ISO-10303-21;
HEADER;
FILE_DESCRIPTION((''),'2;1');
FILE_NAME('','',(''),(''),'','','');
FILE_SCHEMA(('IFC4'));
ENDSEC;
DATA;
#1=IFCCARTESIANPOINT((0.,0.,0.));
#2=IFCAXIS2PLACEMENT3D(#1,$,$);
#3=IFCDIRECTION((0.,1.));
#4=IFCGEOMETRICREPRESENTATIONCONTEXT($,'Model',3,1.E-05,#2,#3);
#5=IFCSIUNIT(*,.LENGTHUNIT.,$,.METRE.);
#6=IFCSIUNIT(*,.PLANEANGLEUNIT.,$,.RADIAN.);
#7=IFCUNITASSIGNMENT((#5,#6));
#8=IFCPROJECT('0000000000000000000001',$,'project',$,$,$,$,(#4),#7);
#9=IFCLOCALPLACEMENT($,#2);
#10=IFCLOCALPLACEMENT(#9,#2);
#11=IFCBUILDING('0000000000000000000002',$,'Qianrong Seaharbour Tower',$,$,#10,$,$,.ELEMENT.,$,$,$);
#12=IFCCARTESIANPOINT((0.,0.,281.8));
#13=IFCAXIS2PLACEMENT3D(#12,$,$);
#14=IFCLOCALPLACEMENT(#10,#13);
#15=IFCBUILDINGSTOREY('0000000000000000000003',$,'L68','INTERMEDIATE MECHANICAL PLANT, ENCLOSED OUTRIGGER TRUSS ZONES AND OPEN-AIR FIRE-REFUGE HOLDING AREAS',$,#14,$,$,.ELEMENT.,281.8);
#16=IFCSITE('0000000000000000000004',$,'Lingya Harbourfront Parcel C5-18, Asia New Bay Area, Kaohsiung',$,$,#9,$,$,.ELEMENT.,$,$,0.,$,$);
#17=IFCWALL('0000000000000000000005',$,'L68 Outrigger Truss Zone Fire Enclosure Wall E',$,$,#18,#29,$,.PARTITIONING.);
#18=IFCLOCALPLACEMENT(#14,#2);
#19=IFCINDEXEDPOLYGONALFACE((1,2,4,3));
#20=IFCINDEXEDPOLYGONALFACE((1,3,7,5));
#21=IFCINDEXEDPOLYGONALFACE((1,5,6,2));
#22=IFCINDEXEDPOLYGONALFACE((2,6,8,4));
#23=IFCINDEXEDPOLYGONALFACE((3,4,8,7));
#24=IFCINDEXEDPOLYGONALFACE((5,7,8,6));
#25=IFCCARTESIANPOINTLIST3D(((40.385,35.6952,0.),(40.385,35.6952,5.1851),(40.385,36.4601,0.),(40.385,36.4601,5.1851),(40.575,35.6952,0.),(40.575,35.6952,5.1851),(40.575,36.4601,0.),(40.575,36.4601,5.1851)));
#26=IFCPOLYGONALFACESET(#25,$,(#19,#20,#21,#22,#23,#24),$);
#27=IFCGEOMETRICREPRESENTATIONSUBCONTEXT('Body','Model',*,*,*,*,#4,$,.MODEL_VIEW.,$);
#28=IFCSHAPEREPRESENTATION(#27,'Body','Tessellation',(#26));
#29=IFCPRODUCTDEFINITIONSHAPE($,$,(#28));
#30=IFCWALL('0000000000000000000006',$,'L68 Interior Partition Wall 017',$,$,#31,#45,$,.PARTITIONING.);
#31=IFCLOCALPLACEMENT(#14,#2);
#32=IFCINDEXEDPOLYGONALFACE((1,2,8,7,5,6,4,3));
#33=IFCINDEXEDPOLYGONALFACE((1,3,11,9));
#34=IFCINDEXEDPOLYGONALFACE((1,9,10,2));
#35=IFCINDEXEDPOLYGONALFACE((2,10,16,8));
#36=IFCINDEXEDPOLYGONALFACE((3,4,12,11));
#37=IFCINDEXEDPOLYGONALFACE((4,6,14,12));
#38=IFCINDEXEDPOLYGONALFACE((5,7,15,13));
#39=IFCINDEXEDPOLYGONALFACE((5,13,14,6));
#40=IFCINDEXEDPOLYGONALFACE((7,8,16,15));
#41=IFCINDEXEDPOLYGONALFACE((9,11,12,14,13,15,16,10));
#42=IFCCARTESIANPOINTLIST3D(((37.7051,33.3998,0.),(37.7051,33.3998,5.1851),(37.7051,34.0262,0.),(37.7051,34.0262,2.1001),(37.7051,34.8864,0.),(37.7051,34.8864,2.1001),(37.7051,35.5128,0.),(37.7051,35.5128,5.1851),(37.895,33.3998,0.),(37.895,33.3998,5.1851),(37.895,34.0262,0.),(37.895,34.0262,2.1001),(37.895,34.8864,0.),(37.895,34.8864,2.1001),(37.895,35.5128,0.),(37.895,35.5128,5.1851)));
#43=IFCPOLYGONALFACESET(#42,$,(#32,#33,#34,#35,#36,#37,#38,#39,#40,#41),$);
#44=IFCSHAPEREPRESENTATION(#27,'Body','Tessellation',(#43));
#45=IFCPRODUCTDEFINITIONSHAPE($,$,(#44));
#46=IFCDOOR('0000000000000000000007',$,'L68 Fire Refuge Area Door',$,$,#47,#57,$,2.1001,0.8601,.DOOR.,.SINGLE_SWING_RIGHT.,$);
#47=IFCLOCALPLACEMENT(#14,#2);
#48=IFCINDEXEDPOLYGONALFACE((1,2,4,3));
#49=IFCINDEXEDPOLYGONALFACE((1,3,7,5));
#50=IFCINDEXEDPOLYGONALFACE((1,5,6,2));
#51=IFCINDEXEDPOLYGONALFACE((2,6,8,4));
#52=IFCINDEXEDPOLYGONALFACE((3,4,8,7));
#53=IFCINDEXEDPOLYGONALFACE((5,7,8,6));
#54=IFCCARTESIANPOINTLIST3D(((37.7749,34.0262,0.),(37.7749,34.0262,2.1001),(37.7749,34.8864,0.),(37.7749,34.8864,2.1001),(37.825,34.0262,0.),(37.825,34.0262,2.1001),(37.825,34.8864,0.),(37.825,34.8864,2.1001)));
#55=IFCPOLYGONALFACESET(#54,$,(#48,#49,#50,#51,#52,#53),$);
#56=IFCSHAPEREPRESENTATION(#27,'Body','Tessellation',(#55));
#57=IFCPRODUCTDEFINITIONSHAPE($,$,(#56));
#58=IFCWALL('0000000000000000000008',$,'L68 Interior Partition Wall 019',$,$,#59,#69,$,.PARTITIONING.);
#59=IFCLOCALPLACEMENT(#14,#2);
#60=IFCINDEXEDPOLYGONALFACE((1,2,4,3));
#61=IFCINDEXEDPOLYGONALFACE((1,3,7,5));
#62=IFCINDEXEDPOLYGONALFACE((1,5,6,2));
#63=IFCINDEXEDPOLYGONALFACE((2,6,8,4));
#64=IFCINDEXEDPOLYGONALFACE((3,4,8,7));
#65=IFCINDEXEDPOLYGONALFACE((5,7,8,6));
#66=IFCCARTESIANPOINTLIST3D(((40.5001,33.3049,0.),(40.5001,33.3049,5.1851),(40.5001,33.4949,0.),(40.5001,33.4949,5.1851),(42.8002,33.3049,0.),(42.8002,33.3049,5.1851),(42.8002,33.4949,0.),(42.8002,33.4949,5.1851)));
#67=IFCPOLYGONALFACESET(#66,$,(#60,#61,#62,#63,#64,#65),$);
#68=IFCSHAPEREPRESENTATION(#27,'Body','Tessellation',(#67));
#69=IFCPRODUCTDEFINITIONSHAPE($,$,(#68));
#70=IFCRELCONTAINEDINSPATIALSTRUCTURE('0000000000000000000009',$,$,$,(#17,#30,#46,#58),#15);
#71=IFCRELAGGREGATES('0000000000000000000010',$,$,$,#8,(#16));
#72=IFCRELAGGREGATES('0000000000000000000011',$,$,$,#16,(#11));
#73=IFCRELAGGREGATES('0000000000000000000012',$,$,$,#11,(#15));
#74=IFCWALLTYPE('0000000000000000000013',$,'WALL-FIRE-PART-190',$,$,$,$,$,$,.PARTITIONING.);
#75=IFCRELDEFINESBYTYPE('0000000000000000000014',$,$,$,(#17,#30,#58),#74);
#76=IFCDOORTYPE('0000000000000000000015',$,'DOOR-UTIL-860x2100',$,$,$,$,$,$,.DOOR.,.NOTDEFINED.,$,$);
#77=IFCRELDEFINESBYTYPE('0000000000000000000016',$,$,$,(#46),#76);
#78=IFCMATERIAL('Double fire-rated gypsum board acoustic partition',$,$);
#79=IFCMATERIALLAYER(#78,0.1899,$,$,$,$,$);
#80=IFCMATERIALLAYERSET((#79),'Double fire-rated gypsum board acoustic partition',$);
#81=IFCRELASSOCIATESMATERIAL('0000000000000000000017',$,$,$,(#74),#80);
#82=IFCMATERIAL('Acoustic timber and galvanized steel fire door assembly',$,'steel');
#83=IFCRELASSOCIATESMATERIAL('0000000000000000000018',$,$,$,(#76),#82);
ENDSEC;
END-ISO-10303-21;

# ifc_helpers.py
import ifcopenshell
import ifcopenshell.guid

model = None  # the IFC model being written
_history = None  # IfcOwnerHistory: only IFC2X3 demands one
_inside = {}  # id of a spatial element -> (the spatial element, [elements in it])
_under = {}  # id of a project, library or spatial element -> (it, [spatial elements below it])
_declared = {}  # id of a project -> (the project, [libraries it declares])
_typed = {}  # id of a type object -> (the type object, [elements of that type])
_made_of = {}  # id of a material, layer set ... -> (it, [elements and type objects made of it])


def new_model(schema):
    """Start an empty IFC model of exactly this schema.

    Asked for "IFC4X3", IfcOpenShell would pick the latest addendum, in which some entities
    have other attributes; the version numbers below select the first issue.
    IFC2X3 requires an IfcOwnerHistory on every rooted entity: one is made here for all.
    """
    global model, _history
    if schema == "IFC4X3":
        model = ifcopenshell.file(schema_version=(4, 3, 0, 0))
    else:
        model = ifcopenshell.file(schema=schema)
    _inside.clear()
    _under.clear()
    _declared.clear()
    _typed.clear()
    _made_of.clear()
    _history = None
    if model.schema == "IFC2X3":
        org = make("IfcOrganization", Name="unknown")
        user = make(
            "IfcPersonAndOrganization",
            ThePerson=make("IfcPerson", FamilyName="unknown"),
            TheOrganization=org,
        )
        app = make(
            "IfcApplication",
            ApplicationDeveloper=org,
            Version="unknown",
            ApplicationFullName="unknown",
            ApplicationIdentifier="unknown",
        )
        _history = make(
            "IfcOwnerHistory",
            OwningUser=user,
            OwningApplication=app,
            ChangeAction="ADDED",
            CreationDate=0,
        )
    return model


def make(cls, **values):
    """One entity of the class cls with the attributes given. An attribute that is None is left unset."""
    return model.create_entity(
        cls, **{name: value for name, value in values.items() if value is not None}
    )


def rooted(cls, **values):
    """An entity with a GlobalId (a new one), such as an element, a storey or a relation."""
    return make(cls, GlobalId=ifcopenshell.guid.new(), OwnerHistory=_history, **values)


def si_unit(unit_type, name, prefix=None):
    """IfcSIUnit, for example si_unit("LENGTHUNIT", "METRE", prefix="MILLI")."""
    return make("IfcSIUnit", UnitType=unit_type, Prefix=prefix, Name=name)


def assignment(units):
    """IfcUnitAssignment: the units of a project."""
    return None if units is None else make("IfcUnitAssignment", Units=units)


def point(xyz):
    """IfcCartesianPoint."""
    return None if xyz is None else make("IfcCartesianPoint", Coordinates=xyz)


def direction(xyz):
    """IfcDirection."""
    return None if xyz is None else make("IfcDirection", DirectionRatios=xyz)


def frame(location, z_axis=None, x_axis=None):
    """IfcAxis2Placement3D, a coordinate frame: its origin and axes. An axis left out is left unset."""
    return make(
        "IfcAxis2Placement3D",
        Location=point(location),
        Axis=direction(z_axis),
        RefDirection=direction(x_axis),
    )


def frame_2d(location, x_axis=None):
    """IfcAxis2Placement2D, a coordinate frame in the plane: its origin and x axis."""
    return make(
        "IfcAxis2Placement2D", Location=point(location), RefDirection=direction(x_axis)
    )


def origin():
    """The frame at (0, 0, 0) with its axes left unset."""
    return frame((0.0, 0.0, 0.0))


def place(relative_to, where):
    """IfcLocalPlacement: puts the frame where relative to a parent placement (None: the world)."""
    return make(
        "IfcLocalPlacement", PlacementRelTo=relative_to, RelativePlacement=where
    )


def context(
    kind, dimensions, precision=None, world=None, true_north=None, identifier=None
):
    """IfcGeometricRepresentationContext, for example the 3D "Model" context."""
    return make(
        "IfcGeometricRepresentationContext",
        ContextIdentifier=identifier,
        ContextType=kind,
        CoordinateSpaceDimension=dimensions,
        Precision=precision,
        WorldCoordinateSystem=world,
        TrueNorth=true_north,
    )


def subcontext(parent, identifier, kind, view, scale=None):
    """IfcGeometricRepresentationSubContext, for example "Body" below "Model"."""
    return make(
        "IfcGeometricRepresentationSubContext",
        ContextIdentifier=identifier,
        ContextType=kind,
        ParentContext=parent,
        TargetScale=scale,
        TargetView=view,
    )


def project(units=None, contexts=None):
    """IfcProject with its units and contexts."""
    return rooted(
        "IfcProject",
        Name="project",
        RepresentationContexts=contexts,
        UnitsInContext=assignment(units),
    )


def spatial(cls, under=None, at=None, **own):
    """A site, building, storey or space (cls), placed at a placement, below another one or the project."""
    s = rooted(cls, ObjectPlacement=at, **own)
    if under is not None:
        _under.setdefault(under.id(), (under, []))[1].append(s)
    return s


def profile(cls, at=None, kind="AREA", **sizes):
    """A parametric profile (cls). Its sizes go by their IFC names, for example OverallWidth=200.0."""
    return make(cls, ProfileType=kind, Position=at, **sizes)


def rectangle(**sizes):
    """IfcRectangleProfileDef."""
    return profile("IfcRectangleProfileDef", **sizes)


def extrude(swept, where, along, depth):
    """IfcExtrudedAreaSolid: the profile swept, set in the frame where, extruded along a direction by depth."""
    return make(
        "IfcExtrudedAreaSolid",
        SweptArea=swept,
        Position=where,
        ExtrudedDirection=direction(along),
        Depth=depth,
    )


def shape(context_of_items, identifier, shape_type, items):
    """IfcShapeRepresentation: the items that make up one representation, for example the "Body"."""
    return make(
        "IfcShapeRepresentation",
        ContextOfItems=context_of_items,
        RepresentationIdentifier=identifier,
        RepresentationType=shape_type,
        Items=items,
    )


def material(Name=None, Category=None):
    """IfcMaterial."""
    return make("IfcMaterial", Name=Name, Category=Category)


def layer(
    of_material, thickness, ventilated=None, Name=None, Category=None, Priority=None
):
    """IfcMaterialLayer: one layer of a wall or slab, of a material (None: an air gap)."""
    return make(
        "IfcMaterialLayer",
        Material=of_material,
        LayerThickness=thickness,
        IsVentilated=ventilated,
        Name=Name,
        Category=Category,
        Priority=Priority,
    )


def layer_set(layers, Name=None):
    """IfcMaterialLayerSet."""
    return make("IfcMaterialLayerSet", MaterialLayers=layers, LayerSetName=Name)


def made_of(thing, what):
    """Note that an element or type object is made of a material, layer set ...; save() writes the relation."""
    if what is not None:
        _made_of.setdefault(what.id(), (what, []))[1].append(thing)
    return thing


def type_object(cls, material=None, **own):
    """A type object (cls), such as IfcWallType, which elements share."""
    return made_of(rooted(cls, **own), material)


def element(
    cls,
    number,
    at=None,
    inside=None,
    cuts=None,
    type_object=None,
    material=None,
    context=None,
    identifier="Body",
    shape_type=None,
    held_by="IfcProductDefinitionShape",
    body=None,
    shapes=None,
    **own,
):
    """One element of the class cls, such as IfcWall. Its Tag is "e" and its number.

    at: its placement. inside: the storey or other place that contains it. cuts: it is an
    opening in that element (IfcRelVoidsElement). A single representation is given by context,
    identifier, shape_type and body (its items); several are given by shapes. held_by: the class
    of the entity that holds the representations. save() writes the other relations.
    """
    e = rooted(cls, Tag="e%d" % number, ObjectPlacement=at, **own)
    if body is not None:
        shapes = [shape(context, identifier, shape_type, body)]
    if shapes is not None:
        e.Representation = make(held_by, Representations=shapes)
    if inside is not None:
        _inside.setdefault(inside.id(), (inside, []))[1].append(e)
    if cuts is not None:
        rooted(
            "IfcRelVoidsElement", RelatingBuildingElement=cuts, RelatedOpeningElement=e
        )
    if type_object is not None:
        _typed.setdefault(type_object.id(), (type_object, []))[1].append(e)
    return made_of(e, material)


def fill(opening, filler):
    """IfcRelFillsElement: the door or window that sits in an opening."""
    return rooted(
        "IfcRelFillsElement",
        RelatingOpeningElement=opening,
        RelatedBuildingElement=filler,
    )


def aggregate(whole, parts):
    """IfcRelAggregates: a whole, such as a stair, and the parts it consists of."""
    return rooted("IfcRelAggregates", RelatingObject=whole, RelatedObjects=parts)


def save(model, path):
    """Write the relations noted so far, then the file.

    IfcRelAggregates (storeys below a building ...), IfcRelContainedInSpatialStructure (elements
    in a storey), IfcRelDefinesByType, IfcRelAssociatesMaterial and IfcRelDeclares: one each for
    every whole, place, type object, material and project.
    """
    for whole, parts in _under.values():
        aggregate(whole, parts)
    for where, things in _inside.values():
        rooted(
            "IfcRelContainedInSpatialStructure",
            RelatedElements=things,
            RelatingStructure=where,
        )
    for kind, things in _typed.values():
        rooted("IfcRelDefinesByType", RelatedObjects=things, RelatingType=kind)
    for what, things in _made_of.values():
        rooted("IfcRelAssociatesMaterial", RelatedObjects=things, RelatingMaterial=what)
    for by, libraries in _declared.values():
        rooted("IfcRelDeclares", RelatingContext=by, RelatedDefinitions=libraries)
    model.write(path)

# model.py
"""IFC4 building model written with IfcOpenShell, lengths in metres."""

from ifc_helpers import new_model, si_unit, direction, frame, frame_2d, origin, place, context, subcontext, project, spatial, rectangle, extrude, material, layer, layer_set, type_object, element, fill, save


model = new_model("IFC4")

# Units and contexts
model_context = context("Model", 3, precision=1e-05, world=origin(), true_north=direction((0.0, 1.0)))
body_context = subcontext(model_context, "Body", "Model", "MODEL_VIEW")
ifc_project = project(units=[si_unit("LENGTHUNIT", "METRE"), si_unit("PLANEANGLEUNIT", "RADIAN")], contexts=[model_context])

# Site, building, storey
site_placement = place(None, origin())
site = spatial("IfcSite", under=ifc_project, at=site_placement, Name="Lingya Harbourfront Parcel C5-18, Asia New Bay Area, Kaohsiung", CompositionType="ELEMENT", RefElevation=0.0)
building_placement = place(site_placement, origin())
building = spatial("IfcBuilding", under=site, at=building_placement, Name="Qianrong Seaharbour Tower", CompositionType="ELEMENT")
storey_placement = place(building_placement, frame((0.0, 0.0, 281.8)))
storey = spatial("IfcBuildingStorey", under=building, at=storey_placement, Name="L68", Description="INTERMEDIATE MECHANICAL PLANT, ENCLOSED OUTRIGGER TRUSS ZONES AND OPEN-AIR FIRE-REFUGE HOLDING AREAS", CompositionType="ELEMENT", Elevation=281.8)

# Wall
ifc_material_1 = material(Name="Double fire-rated gypsum board acoustic partition")
ifc_layer_1 = layer(ifc_material_1, 0.1899)
ifc_layer_set_1 = layer_set([ifc_layer_1], Name="Double fire-rated gypsum board acoustic partition")
wall_type_1 = type_object("IfcWallType", Name="WALL-FIRE-PART-190", PredefinedType="PARTITIONING", material=ifc_layer_set_1)
wall_1_placement = place(storey_placement, frame((40.48, 36.46, 0.0), z_axis=(0.0, 0.0, 1.0), x_axis=(0.0, -1.0, 0.0)))
element("IfcWall", 1, at=wall_1_placement, inside=storey, type_object=wall_type_1, Name="L68 Outrigger Truss Zone Fire Enclosure Wall E", PredefinedType="PARTITIONING", context=body_context, shape_type="SweptSolid", body=[
    extrude(rectangle(XDim=0.7649, YDim=0.1899, at=frame_2d((0.3823, 0.0))), origin(), (0.0, 0.0, 1.0), 5.1851),
])

# Wall, opening, door
wall_2_placement = place(storey_placement, frame((37.8, 35.5129, 0.0), z_axis=(0.0, 0.0, 1.0), x_axis=(0.0, -1.0, 0.0)))
wall_2 = element("IfcWall", 2, at=wall_2_placement, inside=storey, type_object=wall_type_1, Name="L68 Interior Partition Wall 017", PredefinedType="PARTITIONING", context=body_context, shape_type="SweptSolid", body=[
    extrude(rectangle(XDim=2.113, YDim=0.1899, at=frame_2d((1.0566, 0.0))), origin(), (0.0, 0.0, 1.0), 5.1851),
])
opening_1_placement = place(wall_2_placement, frame((0.6265, 0.0, 0.0)))
opening_1 = element("IfcOpeningElement", 3, at=opening_1_placement, cuts=wall_2, PredefinedType="OPENING", context=body_context, shape_type="SweptSolid", body=[
    extrude(rectangle(XDim=0.8601, YDim=2.1001, at=frame_2d((0.4302, 1.05))), frame((0.0, 0.105, 0.0), z_axis=(0.0, -1.0, 0.0), x_axis=(1.0, 0.0, 0.0)), (0.0, 0.0, 1.0), 0.21),
])
ifc_material_2 = material(Name="Acoustic timber and galvanized steel fire door assembly", Category="steel")
door_type = type_object("IfcDoorType", Name="DOOR-UTIL-860x2100", OperationType="NOTDEFINED", PredefinedType="DOOR", material=ifc_material_2)
door_placement = place(opening_1_placement, origin())
door = element("IfcDoor", 4, at=door_placement, inside=storey, type_object=door_type, Name="L68 Fire Refuge Area Door", OperationType="SINGLE_SWING_RIGHT", OverallHeight=2.1001, OverallWidth=0.8601, PredefinedType="DOOR", context=body_context, shape_type="SweptSolid", body=[
    extrude(rectangle(XDim=0.8601, YDim=2.1001, at=frame_2d((0.4302, 1.05))), frame((0.0, 0.0249, 0.0), z_axis=(0.0, -1.0, 0.0), x_axis=(1.0, 0.0, 0.0)), (0.0, 0.0, 1.0), 0.05),
])
fill(opening_1, door)

# Wall
wall_3_placement = place(storey_placement, frame((42.8, 33.3999, 0.0), z_axis=(0.0, 0.0, 1.0), x_axis=(-1.0, 0.0, 0.0)))
element("IfcWall", 5, at=wall_3_placement, inside=storey, type_object=wall_type_1, Name="L68 Interior Partition Wall 019", PredefinedType="PARTITIONING", context=body_context, shape_type="SweptSolid", body=[
    extrude(rectangle(XDim=2.3, YDim=0.1899, at=frame_2d((1.1499, 0.0))), origin(), (0.0, 0.0, 1.0), 5.1851),
])

save(model, "model.ifc")
